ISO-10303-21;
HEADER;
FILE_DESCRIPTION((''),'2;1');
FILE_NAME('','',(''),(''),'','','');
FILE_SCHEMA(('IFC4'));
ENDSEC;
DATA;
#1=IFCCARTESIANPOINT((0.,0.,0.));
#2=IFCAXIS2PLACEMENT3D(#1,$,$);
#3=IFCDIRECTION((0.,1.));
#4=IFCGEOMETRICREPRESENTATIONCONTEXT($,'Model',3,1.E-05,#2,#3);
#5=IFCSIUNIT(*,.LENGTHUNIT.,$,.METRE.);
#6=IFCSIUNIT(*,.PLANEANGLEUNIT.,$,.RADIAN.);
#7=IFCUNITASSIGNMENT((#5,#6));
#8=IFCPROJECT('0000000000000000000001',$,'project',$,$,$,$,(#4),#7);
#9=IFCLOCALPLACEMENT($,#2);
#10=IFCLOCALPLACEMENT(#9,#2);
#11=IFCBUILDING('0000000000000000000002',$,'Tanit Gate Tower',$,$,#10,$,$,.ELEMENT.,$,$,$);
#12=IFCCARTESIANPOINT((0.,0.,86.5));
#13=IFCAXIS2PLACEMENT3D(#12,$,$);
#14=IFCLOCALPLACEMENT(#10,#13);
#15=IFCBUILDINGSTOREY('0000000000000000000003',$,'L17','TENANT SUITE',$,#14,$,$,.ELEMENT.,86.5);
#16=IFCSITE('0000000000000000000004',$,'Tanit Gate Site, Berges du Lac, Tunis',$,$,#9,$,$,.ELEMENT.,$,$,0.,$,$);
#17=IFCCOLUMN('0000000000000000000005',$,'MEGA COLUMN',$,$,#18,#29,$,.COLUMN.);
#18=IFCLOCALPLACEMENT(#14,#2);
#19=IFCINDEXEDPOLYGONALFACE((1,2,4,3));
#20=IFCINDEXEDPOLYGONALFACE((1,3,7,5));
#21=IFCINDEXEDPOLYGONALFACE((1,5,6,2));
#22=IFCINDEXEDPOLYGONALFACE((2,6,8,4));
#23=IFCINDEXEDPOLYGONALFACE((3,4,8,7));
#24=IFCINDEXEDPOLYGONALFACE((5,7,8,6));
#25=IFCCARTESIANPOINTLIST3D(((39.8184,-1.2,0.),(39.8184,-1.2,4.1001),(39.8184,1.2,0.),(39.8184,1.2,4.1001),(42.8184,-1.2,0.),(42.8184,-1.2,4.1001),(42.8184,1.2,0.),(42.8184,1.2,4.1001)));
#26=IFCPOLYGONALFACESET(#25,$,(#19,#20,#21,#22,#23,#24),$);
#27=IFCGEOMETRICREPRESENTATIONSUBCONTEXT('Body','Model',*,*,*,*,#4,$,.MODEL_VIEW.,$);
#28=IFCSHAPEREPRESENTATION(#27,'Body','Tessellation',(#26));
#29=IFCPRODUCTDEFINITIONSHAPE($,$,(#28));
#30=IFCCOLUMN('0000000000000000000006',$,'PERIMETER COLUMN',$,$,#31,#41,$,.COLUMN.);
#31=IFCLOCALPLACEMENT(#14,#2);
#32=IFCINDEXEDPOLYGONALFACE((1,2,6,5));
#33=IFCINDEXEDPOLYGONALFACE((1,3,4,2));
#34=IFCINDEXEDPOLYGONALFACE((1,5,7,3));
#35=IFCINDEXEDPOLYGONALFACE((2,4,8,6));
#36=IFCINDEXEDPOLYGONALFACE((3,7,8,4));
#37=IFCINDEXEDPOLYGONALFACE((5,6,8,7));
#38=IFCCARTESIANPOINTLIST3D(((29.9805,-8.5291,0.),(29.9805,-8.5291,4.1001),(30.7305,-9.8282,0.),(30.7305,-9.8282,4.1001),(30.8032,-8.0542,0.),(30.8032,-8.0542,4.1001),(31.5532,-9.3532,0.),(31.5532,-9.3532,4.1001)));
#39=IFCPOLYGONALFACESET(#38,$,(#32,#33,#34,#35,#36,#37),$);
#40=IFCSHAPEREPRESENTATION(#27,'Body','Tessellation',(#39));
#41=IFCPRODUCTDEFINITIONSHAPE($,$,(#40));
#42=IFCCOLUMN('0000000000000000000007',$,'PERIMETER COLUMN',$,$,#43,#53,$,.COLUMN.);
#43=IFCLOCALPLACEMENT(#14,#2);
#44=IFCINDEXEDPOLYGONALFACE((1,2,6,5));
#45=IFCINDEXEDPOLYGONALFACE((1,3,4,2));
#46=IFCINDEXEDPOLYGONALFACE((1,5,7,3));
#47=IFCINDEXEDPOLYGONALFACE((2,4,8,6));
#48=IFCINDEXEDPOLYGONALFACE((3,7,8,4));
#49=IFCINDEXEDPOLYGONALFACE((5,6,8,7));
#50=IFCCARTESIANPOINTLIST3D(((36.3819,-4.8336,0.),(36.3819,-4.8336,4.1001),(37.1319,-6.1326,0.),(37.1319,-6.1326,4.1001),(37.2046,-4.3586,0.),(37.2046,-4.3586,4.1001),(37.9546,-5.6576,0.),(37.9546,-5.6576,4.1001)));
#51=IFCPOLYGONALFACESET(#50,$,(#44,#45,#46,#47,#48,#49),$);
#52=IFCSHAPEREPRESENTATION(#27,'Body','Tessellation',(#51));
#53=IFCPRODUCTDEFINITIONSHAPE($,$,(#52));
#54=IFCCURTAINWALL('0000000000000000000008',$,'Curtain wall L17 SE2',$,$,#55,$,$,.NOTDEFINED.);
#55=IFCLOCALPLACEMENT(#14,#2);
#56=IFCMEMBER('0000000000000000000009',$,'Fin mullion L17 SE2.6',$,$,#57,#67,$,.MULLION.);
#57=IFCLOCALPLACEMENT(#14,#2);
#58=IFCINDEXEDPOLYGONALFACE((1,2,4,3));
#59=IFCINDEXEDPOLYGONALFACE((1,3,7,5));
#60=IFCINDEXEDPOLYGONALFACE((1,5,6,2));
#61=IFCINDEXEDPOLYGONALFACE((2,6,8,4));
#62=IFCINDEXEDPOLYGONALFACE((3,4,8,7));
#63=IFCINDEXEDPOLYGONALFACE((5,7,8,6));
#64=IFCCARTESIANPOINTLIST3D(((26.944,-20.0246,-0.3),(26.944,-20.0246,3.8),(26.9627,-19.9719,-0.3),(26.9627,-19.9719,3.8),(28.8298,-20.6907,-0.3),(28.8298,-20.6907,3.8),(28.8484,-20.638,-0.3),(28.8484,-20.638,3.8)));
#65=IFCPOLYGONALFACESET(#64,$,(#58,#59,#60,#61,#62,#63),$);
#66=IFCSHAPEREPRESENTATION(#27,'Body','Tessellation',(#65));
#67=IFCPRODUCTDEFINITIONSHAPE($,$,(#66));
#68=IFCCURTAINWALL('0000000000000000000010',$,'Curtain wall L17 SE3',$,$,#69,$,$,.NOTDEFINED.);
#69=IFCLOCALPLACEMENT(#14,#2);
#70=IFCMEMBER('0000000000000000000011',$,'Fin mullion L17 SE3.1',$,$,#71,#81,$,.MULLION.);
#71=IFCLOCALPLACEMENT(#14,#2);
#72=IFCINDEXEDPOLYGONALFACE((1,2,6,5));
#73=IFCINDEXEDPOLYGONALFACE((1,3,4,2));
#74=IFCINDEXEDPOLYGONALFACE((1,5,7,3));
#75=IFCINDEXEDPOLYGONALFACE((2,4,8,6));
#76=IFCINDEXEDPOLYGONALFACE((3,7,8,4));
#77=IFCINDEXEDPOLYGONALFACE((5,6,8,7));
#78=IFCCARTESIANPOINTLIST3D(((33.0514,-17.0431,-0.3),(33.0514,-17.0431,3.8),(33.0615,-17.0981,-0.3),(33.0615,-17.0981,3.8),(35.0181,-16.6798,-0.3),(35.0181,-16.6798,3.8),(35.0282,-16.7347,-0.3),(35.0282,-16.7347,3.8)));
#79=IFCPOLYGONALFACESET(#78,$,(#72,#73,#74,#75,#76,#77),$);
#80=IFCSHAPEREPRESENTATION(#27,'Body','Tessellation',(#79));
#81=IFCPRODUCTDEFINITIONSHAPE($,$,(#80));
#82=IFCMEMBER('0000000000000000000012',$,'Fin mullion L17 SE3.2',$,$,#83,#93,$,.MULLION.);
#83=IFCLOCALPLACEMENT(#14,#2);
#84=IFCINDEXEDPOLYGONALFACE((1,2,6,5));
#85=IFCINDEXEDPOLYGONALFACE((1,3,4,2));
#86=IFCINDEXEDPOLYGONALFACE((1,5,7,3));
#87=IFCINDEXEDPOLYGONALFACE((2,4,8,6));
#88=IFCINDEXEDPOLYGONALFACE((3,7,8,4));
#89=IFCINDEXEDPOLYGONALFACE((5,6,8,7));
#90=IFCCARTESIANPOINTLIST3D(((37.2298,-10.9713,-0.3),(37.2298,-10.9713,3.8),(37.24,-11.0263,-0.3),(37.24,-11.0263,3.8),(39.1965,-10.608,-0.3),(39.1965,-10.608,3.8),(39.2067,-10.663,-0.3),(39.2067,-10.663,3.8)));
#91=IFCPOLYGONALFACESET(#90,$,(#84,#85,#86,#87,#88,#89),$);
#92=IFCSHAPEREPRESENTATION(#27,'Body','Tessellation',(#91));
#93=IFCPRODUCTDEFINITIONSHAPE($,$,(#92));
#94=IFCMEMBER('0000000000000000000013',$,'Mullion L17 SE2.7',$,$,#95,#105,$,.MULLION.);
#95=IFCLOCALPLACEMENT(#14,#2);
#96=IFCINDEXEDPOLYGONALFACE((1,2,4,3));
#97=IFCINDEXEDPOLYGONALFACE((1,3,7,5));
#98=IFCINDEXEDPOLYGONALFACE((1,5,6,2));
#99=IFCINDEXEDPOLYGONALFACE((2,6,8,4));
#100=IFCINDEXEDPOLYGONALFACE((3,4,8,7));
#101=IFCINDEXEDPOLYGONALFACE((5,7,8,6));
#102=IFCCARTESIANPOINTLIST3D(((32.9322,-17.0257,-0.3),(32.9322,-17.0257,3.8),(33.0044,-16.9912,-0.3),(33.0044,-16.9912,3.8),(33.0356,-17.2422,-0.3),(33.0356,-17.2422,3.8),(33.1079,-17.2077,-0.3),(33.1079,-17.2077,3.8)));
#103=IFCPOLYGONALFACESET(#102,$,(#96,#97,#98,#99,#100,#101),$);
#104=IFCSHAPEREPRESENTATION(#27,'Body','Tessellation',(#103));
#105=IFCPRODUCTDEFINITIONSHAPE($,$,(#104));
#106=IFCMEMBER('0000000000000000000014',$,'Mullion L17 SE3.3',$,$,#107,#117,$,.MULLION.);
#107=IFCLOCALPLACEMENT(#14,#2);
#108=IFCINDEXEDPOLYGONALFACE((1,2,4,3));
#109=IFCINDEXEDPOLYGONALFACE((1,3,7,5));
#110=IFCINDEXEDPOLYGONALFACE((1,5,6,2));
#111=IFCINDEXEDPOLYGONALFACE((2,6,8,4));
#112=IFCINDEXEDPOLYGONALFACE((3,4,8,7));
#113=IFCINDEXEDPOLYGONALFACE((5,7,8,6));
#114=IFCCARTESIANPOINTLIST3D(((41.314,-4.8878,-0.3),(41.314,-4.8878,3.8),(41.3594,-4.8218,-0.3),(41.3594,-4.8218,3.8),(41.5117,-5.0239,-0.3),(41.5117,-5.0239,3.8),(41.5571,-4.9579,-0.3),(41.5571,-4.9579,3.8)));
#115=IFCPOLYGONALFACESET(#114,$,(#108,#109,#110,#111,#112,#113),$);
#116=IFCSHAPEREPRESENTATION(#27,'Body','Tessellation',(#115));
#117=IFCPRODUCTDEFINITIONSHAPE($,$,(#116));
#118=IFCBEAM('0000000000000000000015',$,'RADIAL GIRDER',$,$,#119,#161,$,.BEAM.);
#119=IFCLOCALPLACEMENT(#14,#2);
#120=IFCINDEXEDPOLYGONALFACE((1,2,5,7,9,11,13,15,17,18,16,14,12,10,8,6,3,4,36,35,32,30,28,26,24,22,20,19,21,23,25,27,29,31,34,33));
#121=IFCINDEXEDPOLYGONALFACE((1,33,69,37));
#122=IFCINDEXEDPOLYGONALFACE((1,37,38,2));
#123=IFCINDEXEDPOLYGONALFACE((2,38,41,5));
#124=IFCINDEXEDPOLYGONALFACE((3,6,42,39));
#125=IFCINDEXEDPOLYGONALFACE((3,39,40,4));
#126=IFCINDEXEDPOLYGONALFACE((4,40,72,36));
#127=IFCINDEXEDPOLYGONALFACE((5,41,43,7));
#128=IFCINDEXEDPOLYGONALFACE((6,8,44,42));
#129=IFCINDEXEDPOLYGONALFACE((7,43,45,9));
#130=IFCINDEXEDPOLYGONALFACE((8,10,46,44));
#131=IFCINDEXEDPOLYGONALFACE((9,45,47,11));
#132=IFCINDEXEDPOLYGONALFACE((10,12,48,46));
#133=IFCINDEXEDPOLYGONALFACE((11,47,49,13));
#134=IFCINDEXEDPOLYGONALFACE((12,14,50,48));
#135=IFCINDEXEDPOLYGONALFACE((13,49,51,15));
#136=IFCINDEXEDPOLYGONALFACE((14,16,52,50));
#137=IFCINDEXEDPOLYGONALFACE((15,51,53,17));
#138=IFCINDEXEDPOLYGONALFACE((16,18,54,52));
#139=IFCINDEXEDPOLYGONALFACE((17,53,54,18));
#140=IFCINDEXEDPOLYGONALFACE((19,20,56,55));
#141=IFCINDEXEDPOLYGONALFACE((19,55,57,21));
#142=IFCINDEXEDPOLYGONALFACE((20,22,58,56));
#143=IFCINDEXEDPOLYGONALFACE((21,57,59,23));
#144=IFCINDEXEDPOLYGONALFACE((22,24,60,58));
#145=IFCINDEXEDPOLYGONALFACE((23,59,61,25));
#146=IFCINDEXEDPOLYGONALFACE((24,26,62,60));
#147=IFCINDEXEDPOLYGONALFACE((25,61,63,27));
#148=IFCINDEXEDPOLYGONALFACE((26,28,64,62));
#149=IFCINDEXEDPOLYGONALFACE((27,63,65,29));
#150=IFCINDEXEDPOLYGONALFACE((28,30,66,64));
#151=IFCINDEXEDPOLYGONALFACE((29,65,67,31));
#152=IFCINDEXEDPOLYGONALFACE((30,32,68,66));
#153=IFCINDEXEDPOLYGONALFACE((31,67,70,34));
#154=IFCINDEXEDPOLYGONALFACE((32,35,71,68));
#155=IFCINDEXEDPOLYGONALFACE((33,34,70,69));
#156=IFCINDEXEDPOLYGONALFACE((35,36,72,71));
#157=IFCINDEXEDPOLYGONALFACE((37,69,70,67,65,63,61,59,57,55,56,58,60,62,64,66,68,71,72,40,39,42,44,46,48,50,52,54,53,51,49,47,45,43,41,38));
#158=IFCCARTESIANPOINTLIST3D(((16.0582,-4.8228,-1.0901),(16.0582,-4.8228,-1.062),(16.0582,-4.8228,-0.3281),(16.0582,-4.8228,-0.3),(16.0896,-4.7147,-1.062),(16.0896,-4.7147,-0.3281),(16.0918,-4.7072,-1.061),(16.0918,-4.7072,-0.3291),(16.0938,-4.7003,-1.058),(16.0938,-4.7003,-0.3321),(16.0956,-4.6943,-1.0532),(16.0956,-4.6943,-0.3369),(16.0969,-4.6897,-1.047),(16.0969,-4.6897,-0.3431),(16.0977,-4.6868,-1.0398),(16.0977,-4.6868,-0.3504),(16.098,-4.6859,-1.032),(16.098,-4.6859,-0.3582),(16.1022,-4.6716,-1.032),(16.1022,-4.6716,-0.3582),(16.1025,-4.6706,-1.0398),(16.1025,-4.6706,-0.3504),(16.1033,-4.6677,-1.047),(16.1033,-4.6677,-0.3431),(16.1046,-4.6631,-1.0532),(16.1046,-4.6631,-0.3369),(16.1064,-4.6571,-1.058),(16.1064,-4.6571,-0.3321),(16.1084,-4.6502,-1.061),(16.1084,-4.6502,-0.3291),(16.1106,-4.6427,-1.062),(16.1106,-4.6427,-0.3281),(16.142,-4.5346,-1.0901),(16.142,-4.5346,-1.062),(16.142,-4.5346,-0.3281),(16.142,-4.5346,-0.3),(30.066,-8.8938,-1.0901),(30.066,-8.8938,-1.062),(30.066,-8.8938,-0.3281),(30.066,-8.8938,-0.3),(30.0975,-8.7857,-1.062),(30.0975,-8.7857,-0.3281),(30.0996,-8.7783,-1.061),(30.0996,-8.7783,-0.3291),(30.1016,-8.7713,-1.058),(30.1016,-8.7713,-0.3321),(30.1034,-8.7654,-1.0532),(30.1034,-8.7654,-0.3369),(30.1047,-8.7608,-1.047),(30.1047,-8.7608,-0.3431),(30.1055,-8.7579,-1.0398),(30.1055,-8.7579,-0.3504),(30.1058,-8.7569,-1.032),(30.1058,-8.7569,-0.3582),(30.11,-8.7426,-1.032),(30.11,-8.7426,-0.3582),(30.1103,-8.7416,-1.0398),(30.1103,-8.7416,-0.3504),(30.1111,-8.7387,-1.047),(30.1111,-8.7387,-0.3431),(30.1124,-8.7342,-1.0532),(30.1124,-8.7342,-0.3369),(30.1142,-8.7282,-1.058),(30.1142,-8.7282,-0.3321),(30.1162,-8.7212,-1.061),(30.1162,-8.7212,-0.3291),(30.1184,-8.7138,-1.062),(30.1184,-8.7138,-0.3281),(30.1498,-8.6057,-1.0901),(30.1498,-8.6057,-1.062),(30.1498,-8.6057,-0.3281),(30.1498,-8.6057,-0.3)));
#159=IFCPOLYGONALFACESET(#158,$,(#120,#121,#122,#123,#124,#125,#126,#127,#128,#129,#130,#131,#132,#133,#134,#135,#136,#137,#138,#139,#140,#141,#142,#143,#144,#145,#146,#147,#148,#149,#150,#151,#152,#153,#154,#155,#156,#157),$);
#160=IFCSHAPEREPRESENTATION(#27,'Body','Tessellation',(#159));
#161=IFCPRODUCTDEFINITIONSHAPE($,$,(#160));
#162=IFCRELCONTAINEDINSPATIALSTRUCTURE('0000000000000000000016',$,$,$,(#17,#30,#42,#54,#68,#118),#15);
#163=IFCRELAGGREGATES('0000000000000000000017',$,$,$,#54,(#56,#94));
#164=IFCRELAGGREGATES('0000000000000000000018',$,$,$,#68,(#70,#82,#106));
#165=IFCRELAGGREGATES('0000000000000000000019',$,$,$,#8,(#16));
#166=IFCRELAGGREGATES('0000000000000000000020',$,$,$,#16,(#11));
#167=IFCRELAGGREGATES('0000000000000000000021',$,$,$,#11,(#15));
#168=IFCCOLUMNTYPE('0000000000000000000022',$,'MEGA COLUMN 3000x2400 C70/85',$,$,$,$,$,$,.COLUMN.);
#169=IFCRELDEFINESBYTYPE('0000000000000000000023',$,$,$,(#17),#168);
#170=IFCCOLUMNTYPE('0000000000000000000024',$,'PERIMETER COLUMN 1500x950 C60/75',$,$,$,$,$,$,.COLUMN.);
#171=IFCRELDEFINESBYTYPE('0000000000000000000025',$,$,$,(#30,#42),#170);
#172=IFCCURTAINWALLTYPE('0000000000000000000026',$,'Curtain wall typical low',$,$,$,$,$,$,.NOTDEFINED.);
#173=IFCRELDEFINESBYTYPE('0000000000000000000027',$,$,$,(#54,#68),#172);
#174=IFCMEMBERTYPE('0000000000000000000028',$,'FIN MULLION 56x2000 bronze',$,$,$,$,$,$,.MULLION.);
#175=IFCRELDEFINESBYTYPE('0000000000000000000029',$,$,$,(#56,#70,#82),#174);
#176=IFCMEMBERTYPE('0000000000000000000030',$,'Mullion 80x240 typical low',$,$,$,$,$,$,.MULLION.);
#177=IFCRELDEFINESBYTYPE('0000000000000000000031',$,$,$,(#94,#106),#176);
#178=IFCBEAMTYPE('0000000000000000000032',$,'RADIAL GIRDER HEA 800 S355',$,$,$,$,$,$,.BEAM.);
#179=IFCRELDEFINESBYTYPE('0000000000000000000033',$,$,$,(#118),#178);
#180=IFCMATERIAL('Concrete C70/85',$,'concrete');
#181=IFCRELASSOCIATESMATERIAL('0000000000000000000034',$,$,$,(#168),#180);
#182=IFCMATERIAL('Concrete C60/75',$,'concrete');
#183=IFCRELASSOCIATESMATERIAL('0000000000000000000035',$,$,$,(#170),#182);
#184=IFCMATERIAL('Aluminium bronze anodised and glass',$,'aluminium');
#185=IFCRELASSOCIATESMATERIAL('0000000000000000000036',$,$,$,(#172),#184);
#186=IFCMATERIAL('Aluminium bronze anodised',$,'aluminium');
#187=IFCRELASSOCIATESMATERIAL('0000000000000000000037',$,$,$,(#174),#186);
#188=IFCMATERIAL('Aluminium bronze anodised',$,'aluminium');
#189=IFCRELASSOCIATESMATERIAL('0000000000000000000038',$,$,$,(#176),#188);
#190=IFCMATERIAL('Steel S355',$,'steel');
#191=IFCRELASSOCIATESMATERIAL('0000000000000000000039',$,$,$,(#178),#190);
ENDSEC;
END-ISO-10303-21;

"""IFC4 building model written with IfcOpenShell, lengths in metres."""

from ifc_helpers import new_model, si_unit, direction, frame, origin, origin_2d, place, context, subcontext, project, spatial, rectangle, i_section, extrude, material, material_profile, profile_set, type_object, element, aggregate, save


model = new_model("IFC4")

# Units and contexts
model_context = context("Model", 3, precision=1e-05, world=origin(), true_north=direction((0.0, 1.0)))
body_context = subcontext(model_context, "Body", "Model", "MODEL_VIEW")
ifc_project = project(units=[si_unit("LENGTHUNIT", "METRE"), si_unit("PLANEANGLEUNIT", "RADIAN")], contexts=[model_context])

# Site, building, storey
site_placement = place(None, origin())
site = spatial("IfcSite", under=ifc_project, at=site_placement, Name="Tanit Gate Site, Berges du Lac, Tunis", CompositionType="ELEMENT", RefElevation=0.0)
building_placement = place(site_placement, origin())
building = spatial("IfcBuilding", under=site, at=building_placement, Name="Tanit Gate Tower", CompositionType="ELEMENT")
storey_placement = place(building_placement, frame((0.0, 0.0, 86.5)))
storey = spatial("IfcBuildingStorey", under=building, at=storey_placement, Name="L17", Description="TENANT SUITE", CompositionType="ELEMENT", Elevation=86.5)

# Columns
ifc_material_1 = material(Name="Concrete C70/85", Category="concrete")
ifc_material_profile_1 = material_profile(ifc_material_1, rectangle(XDim=3.0, YDim=2.3999, at=origin_2d()), Name="RC 3000x2400")
ifc_profile_set_1 = profile_set([ifc_material_profile_1], Name="Concrete C70/85")
column_type_1 = type_object("IfcColumnType", Name="MEGA COLUMN 3000x2400 C70/85", PredefinedType="COLUMN", material=ifc_profile_set_1)
column_placement = place(storey_placement, frame((41.3184, 0.0, 0.0), z_axis=(0.0, 0.0, 1.0), x_axis=(1.0, 0.0, 0.0)))
element("IfcColumn", 1, at=column_placement, inside=storey, type_object=column_type_1, Name="MEGA COLUMN", PredefinedType="COLUMN", context=body_context, shape_type="SweptSolid", body=[
    extrude(rectangle(XDim=3.0, YDim=2.3999, at=origin_2d()), origin(), (0.0, 0.0, 1.0), 4.1001),
])
ifc_material_2 = material(Name="Concrete C60/75", Category="concrete")
ifc_material_profile_2 = material_profile(ifc_material_2, rectangle(XDim=1.5, YDim=0.95, at=origin_2d()), Name="RC 1500x950")
ifc_profile_set_2 = profile_set([ifc_material_profile_2], Name="Concrete C60/75")
column_type_2 = type_object("IfcColumnType", Name="PERIMETER COLUMN 1500x950 C60/75", PredefinedType="COLUMN", material=ifc_profile_set_2)
for number, where, z_axis, x_axis, name in (
    (2, (30.7668, -8.9412, 0.0), (0.0, 0.0, 1.0), (0.5, -0.866025, 0.0), "PERIMETER COLUMN"),
    (3, (37.1682, -5.2456, 0.0), (0.0, 0.0, 1.0), (0.5, -0.866025, 0.0), "PERIMETER COLUMN"),
):
    element("IfcColumn", number, at=place(storey_placement, frame(where, z_axis=z_axis, x_axis=x_axis)), inside=storey, type_object=column_type_2, Name=name, PredefinedType="COLUMN", context=body_context, shape_type="SweptSolid", body=[
        extrude(rectangle(XDim=1.5, YDim=0.95, at=origin_2d()), origin(), (0.0, 0.0, 1.0), 4.1001),
    ])

# Curtain wall, member
ifc_material_3 = material(Name="Aluminium bronze anodised and glass", Category="aluminium")
curtain_wall_type = type_object("IfcCurtainWallType", Name="Curtain wall typical low", PredefinedType="NOTDEFINED", material=ifc_material_3)
curtain_wall_1_placement = place(storey_placement, origin())
curtain_wall_1 = element("IfcCurtainWall", 4, at=curtain_wall_1_placement, inside=storey, type_object=curtain_wall_type, Name="Curtain wall L17 SE2", PredefinedType="NOTDEFINED")
ifc_material_4 = material(Name="Aluminium bronze anodised", Category="aluminium")
ifc_material_profile_3 = material_profile(ifc_material_4, rectangle(XDim=2.0, YDim=0.0559, at=origin_2d()), Name="56x2000 bronze fin mullion")
ifc_profile_set_3 = profile_set([ifc_material_profile_3], Name="Aluminium bronze anodised")
member_type_1 = type_object("IfcMemberType", Name="FIN MULLION 56x2000 bronze", PredefinedType="MULLION", material=ifc_profile_set_3)
member_1_placement = place(storey_placement, frame((27.8962, -20.3313, -0.3), z_axis=(0.0, 0.0, 1.0), x_axis=(-0.942895, 0.33309, 0.0)))
member_1 = element("IfcMember", 5, at=member_1_placement, type_object=member_type_1, Name="Fin mullion L17 SE2.6", PredefinedType="MULLION", context=body_context, shape_type="SweptSolid", body=[
    extrude(rectangle(XDim=2.0, YDim=0.0559, at=origin_2d()), origin(), (0.0, 0.0, 1.0), 4.1001),
])

# Curtain wall, members
curtain_wall_2_placement = place(storey_placement, origin())
curtain_wall_2 = element("IfcCurtainWall", 6, at=curtain_wall_2_placement, inside=storey, type_object=curtain_wall_type, Name="Curtain wall L17 SE3", PredefinedType="NOTDEFINED")
member_2_placement = place(storey_placement, frame((34.0398, -16.8889, -0.3), z_axis=(0.0, 0.0, 1.0), x_axis=(-0.983362, -0.181658, 0.0)))
member_2 = element("IfcMember", 7, at=member_2_placement, type_object=member_type_1, Name="Fin mullion L17 SE3.1", PredefinedType="MULLION", context=body_context, shape_type="SweptSolid", body=[
    extrude(rectangle(XDim=2.0, YDim=0.0559, at=origin_2d()), origin(), (0.0, 0.0, 1.0), 4.1001),
])
member_3_placement = place(storey_placement, frame((38.2183, -10.8171, -0.3), z_axis=(0.0, 0.0, 1.0), x_axis=(-0.983362, -0.181658, 0.0)))
member_3 = element("IfcMember", 8, at=member_3_placement, type_object=member_type_1, Name="Fin mullion L17 SE3.2", PredefinedType="MULLION", context=body_context, shape_type="SweptSolid", body=[
    extrude(rectangle(XDim=2.0, YDim=0.0559, at=origin_2d()), origin(), (0.0, 0.0, 1.0), 4.1001),
])

# Members
ifc_material_5 = material(Name="Aluminium bronze anodised", Category="aluminium")
ifc_material_profile_4 = material_profile(ifc_material_5, rectangle(XDim=0.24, YDim=0.0801, at=origin_2d()), Name="80x240 bronze mullion")
ifc_profile_set_4 = profile_set([ifc_material_profile_4], Name="Aluminium bronze anodised")
member_type_2 = type_object("IfcMemberType", Name="Mullion 80x240 typical low", PredefinedType="MULLION", material=ifc_profile_set_4)
member_4_placement = place(storey_placement, frame((33.02, -17.1167, -0.3), z_axis=(0.0, 0.0, 1.0), x_axis=(-0.431197, 0.902258, 0.0)))
member_4 = element("IfcMember", 9, at=member_4_placement, type_object=member_type_2, Name="Mullion L17 SE2.7", PredefinedType="MULLION", context=body_context, shape_type="SweptSolid", body=[
    extrude(rectangle(XDim=0.24, YDim=0.0801, at=origin_2d()), origin(), (0.0, 0.0, 1.0), 4.1001),
])
member_5_placement = place(storey_placement, frame((41.4355, -4.9229, -0.3), z_axis=(0.0, 0.0, 1.0), x_axis=(-0.823793, 0.56689, 0.0)))
member_5 = element("IfcMember", 10, at=member_5_placement, type_object=member_type_2, Name="Mullion L17 SE3.3", PredefinedType="MULLION", context=body_context, shape_type="SweptSolid", body=[
    extrude(rectangle(XDim=0.24, YDim=0.0801, at=origin_2d()), origin(), (0.0, 0.0, 1.0), 4.1001),
])

# Beam
ifc_material_6 = material(Name="Steel S355", Category="steel")
ifc_material_profile_5 = material_profile(ifc_material_6, i_section(OverallWidth=0.3, OverallDepth=0.79, WebThickness=0.0149, FlangeThickness=0.0281, FilletRadius=0.03, at=origin_2d()), Name="HEA 800")
ifc_profile_set_5 = profile_set([ifc_material_profile_5], Name="Steel S355")
beam_type_1 = type_object("IfcBeamType", Name="RADIAL GIRDER HEA 800 S355", PredefinedType="BEAM", material=ifc_profile_set_5)
beam_1_placement = place(storey_placement, frame((30.1079, -8.7498, -0.6951), z_axis=(-0.960268, 0.27908, 0.0), x_axis=(-0.27908, -0.960268, 0.0)))
element("IfcBeam", 11, at=beam_1_placement, inside=storey, type_object=beam_type_1, Name="RADIAL GIRDER", PredefinedType="BEAM", context=body_context, shape_type="SweptSolid", body=[
    extrude(i_section(OverallWidth=0.3, OverallDepth=0.79, WebThickness=0.0149, FlangeThickness=0.0281, FilletRadius=0.03, at=origin_2d()), origin(), (0.0, 0.0, 1.0), 14.5874),
])

aggregate(curtain_wall_1, [member_1, member_4])
aggregate(curtain_wall_2, [member_2, member_3, member_5])

save(model, "model.ifc")
